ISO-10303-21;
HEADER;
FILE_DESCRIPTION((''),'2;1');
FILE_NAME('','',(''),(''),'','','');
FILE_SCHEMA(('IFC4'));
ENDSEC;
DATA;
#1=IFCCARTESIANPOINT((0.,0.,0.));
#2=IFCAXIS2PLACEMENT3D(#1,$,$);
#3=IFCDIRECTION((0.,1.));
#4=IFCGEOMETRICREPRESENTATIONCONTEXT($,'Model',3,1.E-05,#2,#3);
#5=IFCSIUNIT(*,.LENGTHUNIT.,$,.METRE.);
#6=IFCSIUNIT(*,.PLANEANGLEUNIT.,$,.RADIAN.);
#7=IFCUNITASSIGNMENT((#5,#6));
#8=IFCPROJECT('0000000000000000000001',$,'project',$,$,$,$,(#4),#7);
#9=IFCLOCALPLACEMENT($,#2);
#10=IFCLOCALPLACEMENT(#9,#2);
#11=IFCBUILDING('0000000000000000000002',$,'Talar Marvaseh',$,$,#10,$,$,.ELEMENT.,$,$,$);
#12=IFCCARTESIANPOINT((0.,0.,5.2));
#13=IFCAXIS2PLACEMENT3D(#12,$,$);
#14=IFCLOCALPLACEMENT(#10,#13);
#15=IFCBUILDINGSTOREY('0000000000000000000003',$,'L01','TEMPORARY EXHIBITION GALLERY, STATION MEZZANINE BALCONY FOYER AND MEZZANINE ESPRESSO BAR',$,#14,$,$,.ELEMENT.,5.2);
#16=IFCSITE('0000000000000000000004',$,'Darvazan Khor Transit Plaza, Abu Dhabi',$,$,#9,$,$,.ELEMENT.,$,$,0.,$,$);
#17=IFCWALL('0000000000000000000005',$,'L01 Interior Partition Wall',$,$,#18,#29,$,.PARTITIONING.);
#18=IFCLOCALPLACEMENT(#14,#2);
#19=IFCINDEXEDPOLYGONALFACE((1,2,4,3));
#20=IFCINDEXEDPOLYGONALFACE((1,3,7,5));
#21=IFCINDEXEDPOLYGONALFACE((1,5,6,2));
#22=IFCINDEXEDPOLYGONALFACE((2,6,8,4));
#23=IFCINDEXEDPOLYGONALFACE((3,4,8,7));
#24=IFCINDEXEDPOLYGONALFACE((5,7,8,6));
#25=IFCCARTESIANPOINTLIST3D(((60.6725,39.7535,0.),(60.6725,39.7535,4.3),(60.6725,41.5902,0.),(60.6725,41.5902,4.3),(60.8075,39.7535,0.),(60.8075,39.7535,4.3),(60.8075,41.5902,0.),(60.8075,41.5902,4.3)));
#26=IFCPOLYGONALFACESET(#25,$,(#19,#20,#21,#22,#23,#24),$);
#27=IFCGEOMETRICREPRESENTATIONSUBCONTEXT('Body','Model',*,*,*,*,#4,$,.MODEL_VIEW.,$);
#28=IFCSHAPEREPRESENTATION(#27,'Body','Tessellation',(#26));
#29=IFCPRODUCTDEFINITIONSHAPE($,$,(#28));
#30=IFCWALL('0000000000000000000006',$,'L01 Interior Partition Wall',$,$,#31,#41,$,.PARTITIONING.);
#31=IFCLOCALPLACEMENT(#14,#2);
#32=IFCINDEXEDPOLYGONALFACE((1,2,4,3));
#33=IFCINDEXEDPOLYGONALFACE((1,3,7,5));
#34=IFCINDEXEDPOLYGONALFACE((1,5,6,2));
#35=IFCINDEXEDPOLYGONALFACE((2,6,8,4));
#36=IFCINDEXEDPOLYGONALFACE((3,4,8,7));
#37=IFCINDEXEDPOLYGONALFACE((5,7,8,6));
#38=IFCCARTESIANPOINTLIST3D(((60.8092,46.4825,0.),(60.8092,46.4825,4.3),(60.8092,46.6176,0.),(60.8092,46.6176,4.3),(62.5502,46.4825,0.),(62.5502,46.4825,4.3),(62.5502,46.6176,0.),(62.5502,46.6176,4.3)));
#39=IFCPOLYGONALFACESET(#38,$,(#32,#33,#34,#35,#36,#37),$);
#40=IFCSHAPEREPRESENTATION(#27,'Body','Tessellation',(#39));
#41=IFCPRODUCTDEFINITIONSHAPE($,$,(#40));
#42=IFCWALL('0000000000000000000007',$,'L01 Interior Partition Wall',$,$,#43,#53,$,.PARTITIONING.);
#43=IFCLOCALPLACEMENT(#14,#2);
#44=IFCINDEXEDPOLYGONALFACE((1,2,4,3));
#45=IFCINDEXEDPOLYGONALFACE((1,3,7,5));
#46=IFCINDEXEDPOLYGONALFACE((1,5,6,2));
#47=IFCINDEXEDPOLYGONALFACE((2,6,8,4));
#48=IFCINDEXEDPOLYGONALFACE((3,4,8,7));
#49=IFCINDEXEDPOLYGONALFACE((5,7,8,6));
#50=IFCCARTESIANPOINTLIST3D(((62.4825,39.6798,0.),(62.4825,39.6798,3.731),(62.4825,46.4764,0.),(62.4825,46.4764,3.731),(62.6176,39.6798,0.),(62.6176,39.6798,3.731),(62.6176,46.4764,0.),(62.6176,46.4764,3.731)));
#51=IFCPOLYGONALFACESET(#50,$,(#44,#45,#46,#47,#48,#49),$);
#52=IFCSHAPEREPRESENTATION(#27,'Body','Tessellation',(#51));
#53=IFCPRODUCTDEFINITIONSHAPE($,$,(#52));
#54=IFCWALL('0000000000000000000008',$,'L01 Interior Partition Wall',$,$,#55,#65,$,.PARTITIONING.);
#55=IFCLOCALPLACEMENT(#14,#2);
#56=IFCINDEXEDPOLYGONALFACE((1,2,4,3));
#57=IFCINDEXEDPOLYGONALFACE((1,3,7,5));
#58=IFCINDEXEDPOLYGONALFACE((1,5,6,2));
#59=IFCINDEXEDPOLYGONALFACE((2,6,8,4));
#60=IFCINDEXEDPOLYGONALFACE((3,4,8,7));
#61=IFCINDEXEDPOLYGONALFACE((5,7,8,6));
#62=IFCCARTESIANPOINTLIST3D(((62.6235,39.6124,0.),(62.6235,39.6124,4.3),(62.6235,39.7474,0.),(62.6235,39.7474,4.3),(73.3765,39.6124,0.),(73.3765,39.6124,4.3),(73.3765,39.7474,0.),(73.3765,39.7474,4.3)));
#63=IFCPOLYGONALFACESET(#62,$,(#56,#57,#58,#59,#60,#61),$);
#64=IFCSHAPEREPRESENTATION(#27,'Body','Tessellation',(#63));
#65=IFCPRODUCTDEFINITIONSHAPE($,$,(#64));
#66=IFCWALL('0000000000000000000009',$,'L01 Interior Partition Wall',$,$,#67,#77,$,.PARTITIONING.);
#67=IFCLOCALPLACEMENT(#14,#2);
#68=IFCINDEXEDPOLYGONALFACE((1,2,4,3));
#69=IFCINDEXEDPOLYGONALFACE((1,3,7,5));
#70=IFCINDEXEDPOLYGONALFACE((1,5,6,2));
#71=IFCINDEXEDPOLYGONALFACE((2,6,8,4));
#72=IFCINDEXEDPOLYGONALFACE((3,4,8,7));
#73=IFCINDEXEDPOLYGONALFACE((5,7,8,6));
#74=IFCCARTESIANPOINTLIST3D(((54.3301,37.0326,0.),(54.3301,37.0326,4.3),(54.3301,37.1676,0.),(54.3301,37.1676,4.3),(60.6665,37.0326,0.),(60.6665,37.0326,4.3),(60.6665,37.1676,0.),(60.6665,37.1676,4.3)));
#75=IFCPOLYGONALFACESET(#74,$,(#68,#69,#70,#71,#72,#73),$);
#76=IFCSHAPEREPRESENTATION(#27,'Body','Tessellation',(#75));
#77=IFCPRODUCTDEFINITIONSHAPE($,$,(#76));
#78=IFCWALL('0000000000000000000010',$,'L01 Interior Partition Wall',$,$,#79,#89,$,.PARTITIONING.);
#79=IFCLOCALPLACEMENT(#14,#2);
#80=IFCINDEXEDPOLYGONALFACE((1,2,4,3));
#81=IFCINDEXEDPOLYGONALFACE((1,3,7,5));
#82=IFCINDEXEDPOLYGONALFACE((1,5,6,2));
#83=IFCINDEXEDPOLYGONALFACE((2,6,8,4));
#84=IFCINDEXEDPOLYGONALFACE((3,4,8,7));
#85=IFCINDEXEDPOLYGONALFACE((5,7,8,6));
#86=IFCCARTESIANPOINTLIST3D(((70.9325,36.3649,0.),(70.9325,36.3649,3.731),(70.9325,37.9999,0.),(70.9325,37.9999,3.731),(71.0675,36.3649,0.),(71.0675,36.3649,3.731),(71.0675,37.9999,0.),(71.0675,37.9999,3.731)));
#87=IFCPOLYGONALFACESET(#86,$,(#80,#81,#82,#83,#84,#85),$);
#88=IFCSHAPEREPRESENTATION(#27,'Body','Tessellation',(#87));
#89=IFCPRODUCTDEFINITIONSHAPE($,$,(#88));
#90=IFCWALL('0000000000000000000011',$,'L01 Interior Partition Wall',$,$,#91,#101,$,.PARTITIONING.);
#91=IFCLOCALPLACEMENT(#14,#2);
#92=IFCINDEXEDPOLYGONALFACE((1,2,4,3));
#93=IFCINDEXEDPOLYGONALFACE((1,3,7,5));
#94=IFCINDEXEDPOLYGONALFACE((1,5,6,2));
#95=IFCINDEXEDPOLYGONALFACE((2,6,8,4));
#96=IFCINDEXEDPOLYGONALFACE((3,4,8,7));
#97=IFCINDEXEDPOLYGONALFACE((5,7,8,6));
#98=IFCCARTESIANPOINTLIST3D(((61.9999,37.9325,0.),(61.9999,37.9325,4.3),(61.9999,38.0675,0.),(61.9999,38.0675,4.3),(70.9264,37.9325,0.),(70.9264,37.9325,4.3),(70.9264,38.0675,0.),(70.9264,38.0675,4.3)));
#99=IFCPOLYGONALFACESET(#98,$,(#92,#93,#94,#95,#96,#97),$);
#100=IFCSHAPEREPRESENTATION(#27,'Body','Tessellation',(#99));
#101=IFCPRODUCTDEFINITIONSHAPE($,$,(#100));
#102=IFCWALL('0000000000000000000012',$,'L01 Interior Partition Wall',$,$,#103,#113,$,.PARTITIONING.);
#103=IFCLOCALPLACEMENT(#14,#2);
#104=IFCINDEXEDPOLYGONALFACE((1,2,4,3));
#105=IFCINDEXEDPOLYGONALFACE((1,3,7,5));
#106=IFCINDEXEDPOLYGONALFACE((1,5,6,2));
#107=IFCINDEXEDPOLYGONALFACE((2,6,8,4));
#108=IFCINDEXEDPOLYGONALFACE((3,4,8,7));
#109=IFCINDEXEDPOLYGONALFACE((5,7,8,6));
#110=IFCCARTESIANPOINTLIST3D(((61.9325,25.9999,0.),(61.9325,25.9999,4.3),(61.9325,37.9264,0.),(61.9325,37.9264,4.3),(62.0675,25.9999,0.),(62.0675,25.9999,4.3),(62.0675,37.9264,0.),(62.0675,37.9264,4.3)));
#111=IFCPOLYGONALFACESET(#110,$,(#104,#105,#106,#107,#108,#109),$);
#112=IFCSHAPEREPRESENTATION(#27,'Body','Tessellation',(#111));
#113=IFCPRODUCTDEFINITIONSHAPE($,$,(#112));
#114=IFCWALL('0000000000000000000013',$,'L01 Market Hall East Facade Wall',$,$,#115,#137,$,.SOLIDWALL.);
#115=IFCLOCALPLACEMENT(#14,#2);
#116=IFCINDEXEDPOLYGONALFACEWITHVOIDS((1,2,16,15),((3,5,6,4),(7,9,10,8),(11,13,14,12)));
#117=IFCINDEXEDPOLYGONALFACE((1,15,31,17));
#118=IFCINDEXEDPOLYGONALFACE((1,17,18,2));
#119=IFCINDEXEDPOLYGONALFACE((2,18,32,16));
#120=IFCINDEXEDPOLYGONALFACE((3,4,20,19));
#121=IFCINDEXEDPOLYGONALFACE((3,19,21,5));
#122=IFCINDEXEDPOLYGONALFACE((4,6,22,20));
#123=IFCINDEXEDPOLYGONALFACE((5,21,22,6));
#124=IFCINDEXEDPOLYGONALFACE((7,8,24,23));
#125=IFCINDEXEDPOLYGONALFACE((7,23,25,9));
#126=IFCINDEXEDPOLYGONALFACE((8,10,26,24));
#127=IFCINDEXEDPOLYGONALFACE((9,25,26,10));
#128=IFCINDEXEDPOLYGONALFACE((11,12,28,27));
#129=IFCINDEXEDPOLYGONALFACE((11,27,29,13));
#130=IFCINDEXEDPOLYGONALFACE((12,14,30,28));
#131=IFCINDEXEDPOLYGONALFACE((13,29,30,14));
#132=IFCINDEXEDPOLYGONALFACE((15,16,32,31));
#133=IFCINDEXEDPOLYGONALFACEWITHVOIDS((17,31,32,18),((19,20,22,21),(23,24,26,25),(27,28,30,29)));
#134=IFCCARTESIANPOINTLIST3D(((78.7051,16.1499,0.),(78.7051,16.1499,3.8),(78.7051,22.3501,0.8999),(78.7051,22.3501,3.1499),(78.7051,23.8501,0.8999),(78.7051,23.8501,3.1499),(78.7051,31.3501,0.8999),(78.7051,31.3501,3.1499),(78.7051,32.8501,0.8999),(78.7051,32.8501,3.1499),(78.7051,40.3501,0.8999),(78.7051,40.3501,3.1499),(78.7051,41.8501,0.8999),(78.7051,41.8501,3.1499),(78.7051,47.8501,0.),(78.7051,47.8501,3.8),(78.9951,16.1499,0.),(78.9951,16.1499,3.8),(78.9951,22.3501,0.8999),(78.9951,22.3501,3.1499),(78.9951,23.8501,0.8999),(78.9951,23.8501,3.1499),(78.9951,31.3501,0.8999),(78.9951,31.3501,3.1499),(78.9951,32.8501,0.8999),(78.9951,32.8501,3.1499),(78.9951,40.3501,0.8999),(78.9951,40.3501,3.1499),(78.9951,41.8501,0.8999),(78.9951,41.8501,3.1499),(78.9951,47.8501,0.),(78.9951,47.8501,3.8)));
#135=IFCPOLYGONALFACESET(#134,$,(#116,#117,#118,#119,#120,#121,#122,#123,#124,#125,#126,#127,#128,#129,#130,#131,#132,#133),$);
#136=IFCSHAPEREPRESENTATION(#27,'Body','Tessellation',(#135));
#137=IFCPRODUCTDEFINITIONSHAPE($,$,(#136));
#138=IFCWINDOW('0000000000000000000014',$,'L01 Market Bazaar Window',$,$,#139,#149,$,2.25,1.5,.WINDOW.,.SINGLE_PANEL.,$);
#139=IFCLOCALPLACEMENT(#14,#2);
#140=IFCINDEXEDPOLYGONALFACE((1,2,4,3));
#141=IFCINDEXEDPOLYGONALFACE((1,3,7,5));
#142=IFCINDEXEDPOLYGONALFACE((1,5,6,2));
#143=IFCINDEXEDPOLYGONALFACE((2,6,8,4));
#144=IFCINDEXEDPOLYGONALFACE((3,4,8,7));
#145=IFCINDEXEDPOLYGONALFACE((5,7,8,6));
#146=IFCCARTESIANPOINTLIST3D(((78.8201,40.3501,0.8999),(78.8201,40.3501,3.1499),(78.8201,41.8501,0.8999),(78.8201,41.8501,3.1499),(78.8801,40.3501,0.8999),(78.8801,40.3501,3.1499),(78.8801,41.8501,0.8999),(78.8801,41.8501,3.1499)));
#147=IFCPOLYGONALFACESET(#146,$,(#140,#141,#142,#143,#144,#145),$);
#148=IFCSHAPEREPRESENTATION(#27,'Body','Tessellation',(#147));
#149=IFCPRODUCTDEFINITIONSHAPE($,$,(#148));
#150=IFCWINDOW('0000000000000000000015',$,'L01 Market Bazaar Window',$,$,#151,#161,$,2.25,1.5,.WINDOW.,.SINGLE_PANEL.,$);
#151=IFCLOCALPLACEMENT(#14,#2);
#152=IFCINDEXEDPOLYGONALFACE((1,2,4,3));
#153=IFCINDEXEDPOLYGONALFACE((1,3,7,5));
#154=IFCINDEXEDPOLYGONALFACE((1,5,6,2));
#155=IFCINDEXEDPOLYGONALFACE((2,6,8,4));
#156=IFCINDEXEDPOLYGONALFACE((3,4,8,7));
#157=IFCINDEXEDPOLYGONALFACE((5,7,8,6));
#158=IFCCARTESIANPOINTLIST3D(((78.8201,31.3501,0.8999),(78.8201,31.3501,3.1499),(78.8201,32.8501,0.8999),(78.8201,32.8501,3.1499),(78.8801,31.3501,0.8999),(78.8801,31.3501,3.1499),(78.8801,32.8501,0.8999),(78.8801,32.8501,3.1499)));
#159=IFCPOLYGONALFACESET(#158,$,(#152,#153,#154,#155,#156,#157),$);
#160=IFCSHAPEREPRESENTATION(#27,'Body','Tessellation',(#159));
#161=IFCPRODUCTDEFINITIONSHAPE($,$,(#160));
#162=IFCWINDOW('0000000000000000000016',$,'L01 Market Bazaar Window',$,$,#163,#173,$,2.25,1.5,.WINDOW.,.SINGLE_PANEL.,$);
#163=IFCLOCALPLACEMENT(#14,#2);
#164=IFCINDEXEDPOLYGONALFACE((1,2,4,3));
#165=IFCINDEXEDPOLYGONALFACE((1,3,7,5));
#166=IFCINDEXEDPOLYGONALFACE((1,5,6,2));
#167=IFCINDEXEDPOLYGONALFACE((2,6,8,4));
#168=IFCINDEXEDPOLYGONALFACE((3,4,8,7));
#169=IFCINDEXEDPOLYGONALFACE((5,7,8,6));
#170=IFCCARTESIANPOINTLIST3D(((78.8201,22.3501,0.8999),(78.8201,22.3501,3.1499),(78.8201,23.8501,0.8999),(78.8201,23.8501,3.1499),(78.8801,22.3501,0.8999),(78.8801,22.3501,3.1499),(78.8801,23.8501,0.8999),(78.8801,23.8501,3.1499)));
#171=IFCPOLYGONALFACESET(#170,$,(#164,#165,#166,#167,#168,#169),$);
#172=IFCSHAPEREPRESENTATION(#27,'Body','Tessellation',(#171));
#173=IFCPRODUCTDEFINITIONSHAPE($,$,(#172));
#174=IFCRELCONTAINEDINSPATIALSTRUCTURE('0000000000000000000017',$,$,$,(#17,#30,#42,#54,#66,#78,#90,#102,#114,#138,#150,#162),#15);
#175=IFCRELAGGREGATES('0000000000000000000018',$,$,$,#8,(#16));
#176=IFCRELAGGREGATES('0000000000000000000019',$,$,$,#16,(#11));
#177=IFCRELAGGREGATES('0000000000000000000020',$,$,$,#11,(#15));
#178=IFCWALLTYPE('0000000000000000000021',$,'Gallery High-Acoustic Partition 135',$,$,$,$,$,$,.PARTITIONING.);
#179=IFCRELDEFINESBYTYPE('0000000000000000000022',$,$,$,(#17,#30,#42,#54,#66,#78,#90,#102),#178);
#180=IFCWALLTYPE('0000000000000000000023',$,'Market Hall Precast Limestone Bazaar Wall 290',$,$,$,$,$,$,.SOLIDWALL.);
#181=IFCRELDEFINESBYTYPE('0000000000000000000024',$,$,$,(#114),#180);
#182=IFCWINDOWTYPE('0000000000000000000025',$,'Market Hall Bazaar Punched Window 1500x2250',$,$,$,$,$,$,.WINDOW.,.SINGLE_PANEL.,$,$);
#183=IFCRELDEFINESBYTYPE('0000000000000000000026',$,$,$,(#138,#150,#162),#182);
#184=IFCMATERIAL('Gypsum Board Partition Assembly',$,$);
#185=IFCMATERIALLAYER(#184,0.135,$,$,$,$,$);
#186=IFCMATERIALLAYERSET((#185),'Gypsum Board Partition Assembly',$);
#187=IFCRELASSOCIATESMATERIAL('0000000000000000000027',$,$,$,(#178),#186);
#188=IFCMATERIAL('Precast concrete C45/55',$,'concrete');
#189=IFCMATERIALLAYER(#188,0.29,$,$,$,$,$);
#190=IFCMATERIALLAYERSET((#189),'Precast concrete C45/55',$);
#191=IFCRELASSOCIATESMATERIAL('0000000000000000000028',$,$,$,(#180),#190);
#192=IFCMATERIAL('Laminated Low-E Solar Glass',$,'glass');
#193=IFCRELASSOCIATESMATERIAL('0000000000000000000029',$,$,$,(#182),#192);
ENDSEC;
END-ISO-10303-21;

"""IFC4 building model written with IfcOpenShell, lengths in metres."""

from ifc_helpers import new_model, si_unit, direction, frame, frame_2d, origin, place, context, subcontext, project, spatial, rectangle, extrude, source, transform, mapped, material, layer, layer_set, type_object, type_shapes, element, fill, save


model = new_model("IFC4")

# Units and contexts
model_context = context("Model", 3, precision=1e-05, world=origin(), true_north=direction((0.0, 1.0)))
body_context = subcontext(model_context, "Body", "Model", "MODEL_VIEW")
ifc_project = project(units=[si_unit("LENGTHUNIT", "METRE"), si_unit("PLANEANGLEUNIT", "RADIAN")], contexts=[model_context])

# Site, building, storey
site_placement = place(None, origin())
site = spatial("IfcSite", under=ifc_project, at=site_placement, Name="Darvazan Khor Transit Plaza, Abu Dhabi", CompositionType="ELEMENT", RefElevation=0.0)
building_placement = place(site_placement, origin())
building = spatial("IfcBuilding", under=site, at=building_placement, Name="Talar Marvaseh", CompositionType="ELEMENT")
storey_placement = place(building_placement, frame((0.0, 0.0, 5.2)))
storey = spatial("IfcBuildingStorey", under=building, at=storey_placement, Name="L01", Description="TEMPORARY EXHIBITION GALLERY, STATION MEZZANINE BALCONY FOYER AND MEZZANINE ESPRESSO BAR", CompositionType="ELEMENT", Elevation=5.2)

# Shared definitions
ifc_material_1 = material(Name="Gypsum Board Partition Assembly")
ifc_material_2 = material(Name="Precast concrete C45/55", Category="concrete")

# Shared definitions
ifc_layer_1 = layer(ifc_material_1, 0.135)
ifc_layer_set_1 = layer_set([ifc_layer_1], Name="Gypsum Board Partition Assembly")
wall_type_1 = type_object("IfcWallType", Name="Gallery High-Acoustic Partition 135", PredefinedType="PARTITIONING", material=ifc_layer_set_1)

# Walls
wall_1_placement = place(storey_placement, frame((60.74, 39.7534, 0.0), z_axis=(0.0, 0.0, 1.0), x_axis=(0.0, 1.0, 0.0)))
element("IfcWall", 1, at=wall_1_placement, inside=storey, type_object=wall_type_1, Name="L01 Interior Partition Wall", PredefinedType="PARTITIONING", context=body_context, shape_type="SweptSolid", body=[
    extrude(rectangle(XDim=1.8367, YDim=0.135, at=frame_2d((0.9185, 0.0))), origin(), (0.0, 0.0, 1.0), 4.3),
])
wall_2_placement = place(storey_placement, frame((60.8091, 46.55, 0.0), z_axis=(0.0, 0.0, 1.0), x_axis=(1.0, 0.0, 0.0)))
element("IfcWall", 2, at=wall_2_placement, inside=storey, type_object=wall_type_1, Name="L01 Interior Partition Wall", PredefinedType="PARTITIONING", context=body_context, shape_type="SweptSolid", body=[
    extrude(rectangle(XDim=1.741, YDim=0.135, at=frame_2d((0.8706, 0.0))), origin(), (0.0, 0.0, 1.0), 4.3),
])
wall_3_placement = place(storey_placement, frame((62.55, 46.4766, 0.0), z_axis=(0.0, 0.0, 1.0), x_axis=(0.0, -1.0, 0.0)))
element("IfcWall", 3, at=wall_3_placement, inside=storey, type_object=wall_type_1, Name="L01 Interior Partition Wall", PredefinedType="PARTITIONING", context=body_context, shape_type="SweptSolid", body=[
    extrude(rectangle(XDim=6.7966, YDim=0.135, at=frame_2d((3.3984, 0.0))), origin(), (0.0, 0.0, 1.0), 3.731),
])
wall_4_placement = place(storey_placement, frame((62.6235, 39.6799, 0.0), z_axis=(0.0, 0.0, 1.0), x_axis=(1.0, 0.0, 0.0)))
element("IfcWall", 4, at=wall_4_placement, inside=storey, type_object=wall_type_1, Name="L01 Interior Partition Wall", PredefinedType="PARTITIONING", context=body_context, shape_type="SweptSolid", body=[
    extrude(rectangle(XDim=10.7529, YDim=0.135, at=frame_2d((5.3765, 0.0))), origin(), (0.0, 0.0, 1.0), 4.3),
])
wall_5_placement = place(storey_placement, frame((60.6665, 37.1001, 0.0), z_axis=(0.0, 0.0, 1.0), x_axis=(-1.0, 0.0, 0.0)))
element("IfcWall", 5, at=wall_5_placement, inside=storey, type_object=wall_type_1, Name="L01 Interior Partition Wall", PredefinedType="PARTITIONING", context=body_context, shape_type="SweptSolid", body=[
    extrude(rectangle(XDim=6.3364, YDim=0.135, at=frame_2d((3.1682, 0.0))), origin(), (0.0, 0.0, 1.0), 4.3),
])
wall_6_placement = place(storey_placement, frame((71.0, 36.365, 0.0), z_axis=(0.0, 0.0, 1.0), x_axis=(0.0, 1.0, 0.0)))
element("IfcWall", 6, at=wall_6_placement, inside=storey, type_object=wall_type_1, Name="L01 Interior Partition Wall", PredefinedType="PARTITIONING", context=body_context, shape_type="SweptSolid", body=[
    extrude(rectangle(XDim=1.635, YDim=0.135, at=frame_2d((0.8174, 0.0))), origin(), (0.0, 0.0, 1.0), 3.731),
])
wall_7_placement = place(storey_placement, frame((70.9265, 38.0, 0.0), z_axis=(0.0, 0.0, 1.0), x_axis=(-1.0, 0.0, 0.0)))
element("IfcWall", 7, at=wall_7_placement, inside=storey, type_object=wall_type_1, Name="L01 Interior Partition Wall", PredefinedType="PARTITIONING", context=body_context, shape_type="SweptSolid", body=[
    extrude(rectangle(XDim=8.9265, YDim=0.135, at=frame_2d((4.4634, 0.0))), origin(), (0.0, 0.0, 1.0), 4.3),
])
wall_8_placement = place(storey_placement, frame((62.0, 37.9265, 0.0), z_axis=(0.0, 0.0, 1.0), x_axis=(0.0, -1.0, 0.0)))
element("IfcWall", 8, at=wall_8_placement, inside=storey, type_object=wall_type_1, Name="L01 Interior Partition Wall", PredefinedType="PARTITIONING", context=body_context, shape_type="SweptSolid", body=[
    extrude(rectangle(XDim=11.9265, YDim=0.135, at=frame_2d((5.9634, 0.0))), origin(), (0.0, 0.0, 1.0), 4.3),
])

# Wall, openings, windows
ifc_layer_2 = layer(ifc_material_2, 0.29)
ifc_layer_set_2 = layer_set([ifc_layer_2], Name="Precast concrete C45/55")
wall_type_2 = type_object("IfcWallType", Name="Market Hall Precast Limestone Bazaar Wall 290", PredefinedType="SOLIDWALL", material=ifc_layer_set_2)
wall_9_placement = place(storey_placement, frame((78.8501, 47.8501, 0.0), z_axis=(0.0, 0.0, 1.0), x_axis=(0.0, -1.0, 0.0)))
wall_9 = element("IfcWall", 9, at=wall_9_placement, inside=storey, type_object=wall_type_2, Name="L01 Market Hall East Facade Wall", PredefinedType="SOLIDWALL", context=body_context, shape_type="SweptSolid", body=[
    extrude(rectangle(XDim=31.7002, YDim=0.29, at=frame_2d((15.8501, 0.0))), origin(), (0.0, 0.0, 1.0), 3.8),
])
opening_1_placement = place(wall_9_placement, frame((6.0, 0.0, 0.8999)))
opening_1 = element("IfcOpeningElement", 10, at=opening_1_placement, cuts=wall_9, PredefinedType="OPENING", context=body_context, shape_type="SweptSolid", body=[
    extrude(rectangle(XDim=1.5, YDim=2.25, at=frame_2d((0.75, 1.125))), frame((0.0, 0.155, 0.0), z_axis=(0.0, -1.0, 0.0), x_axis=(1.0, 0.0, 0.0)), (0.0, 0.0, 1.0), 0.3101),
])
opening_2_placement = place(wall_9_placement, frame((15.0, 0.0, 0.8999)))
opening_2 = element("IfcOpeningElement", 11, at=opening_2_placement, cuts=wall_9, PredefinedType="OPENING", context=body_context, shape_type="SweptSolid", body=[
    extrude(rectangle(XDim=1.5, YDim=2.25, at=frame_2d((0.75, 1.125))), frame((0.0, 0.155, 0.0), z_axis=(0.0, -1.0, 0.0), x_axis=(1.0, 0.0, 0.0)), (0.0, 0.0, 1.0), 0.3101),
])
opening_3_placement = place(wall_9_placement, frame((24.0, 0.0, 0.8999)))
opening_3 = element("IfcOpeningElement", 12, at=opening_3_placement, cuts=wall_9, PredefinedType="OPENING", context=body_context, shape_type="SweptSolid", body=[
    extrude(rectangle(XDim=1.5, YDim=2.25, at=frame_2d((0.75, 1.125))), frame((0.0, 0.155, 0.0), z_axis=(0.0, -1.0, 0.0), x_axis=(1.0, 0.0, 0.0)), (0.0, 0.0, 1.0), 0.3101),
])
ifc_material_3 = material(Name="Laminated Low-E Solar Glass", Category="glass")
window_type = type_object("IfcWindowType", Name="Market Hall Bazaar Punched Window 1500x2250", PartitioningType="SINGLE_PANEL", PredefinedType="WINDOW", material=ifc_material_3)
shared_shape_1 = source(origin(), body_context, "Body", "SweptSolid", [
    extrude(rectangle(XDim=1.5, YDim=2.25, at=frame_2d((0.75, 1.125))), frame((0.0, 0.03, 0.0), z_axis=(0.0, -1.0, 0.0), x_axis=(1.0, 0.0, 0.0)), (0.0, 0.0, 1.0), 0.0601),
])
type_shapes(window_type, [shared_shape_1])
window_1_placement = place(opening_1_placement, origin())
window_1 = element("IfcWindow", 13, at=window_1_placement, inside=storey, type_object=window_type, Name="L01 Market Bazaar Window", OverallHeight=2.25, OverallWidth=1.5, PartitioningType="SINGLE_PANEL", PredefinedType="WINDOW", context=body_context, shape_type="MappedRepresentation", body=[
    mapped(shared_shape_1, transform((0.0, 0.0, 0.0), x_axis=(1.0, 0.0, 0.0), y_axis=(0.0, 1.0, 0.0), z_axis=(0.0, 0.0, 1.0), scale=1.0)),
])
fill(opening_1, window_1)
window_2_placement = place(opening_2_placement, origin())
window_2 = element("IfcWindow", 14, at=window_2_placement, inside=storey, type_object=window_type, Name="L01 Market Bazaar Window", OverallHeight=2.25, OverallWidth=1.5, PartitioningType="SINGLE_PANEL", PredefinedType="WINDOW", context=body_context, shape_type="MappedRepresentation", body=[
    mapped(shared_shape_1, transform((0.0, 0.0, 0.0), x_axis=(1.0, 0.0, 0.0), y_axis=(0.0, 1.0, 0.0), z_axis=(0.0, 0.0, 1.0), scale=1.0)),
])
fill(opening_2, window_2)
window_3_placement = place(opening_3_placement, origin())
window_3 = element("IfcWindow", 15, at=window_3_placement, inside=storey, type_object=window_type, Name="L01 Market Bazaar Window", OverallHeight=2.25, OverallWidth=1.5, PartitioningType="SINGLE_PANEL", PredefinedType="WINDOW", context=body_context, shape_type="MappedRepresentation", body=[
    mapped(shared_shape_1, transform((0.0, 0.0, 0.0), x_axis=(1.0, 0.0, 0.0), y_axis=(0.0, 1.0, 0.0), z_axis=(0.0, 0.0, 1.0), scale=1.0)),
])
fill(opening_3, window_3)

save(model, "model.ifc")
